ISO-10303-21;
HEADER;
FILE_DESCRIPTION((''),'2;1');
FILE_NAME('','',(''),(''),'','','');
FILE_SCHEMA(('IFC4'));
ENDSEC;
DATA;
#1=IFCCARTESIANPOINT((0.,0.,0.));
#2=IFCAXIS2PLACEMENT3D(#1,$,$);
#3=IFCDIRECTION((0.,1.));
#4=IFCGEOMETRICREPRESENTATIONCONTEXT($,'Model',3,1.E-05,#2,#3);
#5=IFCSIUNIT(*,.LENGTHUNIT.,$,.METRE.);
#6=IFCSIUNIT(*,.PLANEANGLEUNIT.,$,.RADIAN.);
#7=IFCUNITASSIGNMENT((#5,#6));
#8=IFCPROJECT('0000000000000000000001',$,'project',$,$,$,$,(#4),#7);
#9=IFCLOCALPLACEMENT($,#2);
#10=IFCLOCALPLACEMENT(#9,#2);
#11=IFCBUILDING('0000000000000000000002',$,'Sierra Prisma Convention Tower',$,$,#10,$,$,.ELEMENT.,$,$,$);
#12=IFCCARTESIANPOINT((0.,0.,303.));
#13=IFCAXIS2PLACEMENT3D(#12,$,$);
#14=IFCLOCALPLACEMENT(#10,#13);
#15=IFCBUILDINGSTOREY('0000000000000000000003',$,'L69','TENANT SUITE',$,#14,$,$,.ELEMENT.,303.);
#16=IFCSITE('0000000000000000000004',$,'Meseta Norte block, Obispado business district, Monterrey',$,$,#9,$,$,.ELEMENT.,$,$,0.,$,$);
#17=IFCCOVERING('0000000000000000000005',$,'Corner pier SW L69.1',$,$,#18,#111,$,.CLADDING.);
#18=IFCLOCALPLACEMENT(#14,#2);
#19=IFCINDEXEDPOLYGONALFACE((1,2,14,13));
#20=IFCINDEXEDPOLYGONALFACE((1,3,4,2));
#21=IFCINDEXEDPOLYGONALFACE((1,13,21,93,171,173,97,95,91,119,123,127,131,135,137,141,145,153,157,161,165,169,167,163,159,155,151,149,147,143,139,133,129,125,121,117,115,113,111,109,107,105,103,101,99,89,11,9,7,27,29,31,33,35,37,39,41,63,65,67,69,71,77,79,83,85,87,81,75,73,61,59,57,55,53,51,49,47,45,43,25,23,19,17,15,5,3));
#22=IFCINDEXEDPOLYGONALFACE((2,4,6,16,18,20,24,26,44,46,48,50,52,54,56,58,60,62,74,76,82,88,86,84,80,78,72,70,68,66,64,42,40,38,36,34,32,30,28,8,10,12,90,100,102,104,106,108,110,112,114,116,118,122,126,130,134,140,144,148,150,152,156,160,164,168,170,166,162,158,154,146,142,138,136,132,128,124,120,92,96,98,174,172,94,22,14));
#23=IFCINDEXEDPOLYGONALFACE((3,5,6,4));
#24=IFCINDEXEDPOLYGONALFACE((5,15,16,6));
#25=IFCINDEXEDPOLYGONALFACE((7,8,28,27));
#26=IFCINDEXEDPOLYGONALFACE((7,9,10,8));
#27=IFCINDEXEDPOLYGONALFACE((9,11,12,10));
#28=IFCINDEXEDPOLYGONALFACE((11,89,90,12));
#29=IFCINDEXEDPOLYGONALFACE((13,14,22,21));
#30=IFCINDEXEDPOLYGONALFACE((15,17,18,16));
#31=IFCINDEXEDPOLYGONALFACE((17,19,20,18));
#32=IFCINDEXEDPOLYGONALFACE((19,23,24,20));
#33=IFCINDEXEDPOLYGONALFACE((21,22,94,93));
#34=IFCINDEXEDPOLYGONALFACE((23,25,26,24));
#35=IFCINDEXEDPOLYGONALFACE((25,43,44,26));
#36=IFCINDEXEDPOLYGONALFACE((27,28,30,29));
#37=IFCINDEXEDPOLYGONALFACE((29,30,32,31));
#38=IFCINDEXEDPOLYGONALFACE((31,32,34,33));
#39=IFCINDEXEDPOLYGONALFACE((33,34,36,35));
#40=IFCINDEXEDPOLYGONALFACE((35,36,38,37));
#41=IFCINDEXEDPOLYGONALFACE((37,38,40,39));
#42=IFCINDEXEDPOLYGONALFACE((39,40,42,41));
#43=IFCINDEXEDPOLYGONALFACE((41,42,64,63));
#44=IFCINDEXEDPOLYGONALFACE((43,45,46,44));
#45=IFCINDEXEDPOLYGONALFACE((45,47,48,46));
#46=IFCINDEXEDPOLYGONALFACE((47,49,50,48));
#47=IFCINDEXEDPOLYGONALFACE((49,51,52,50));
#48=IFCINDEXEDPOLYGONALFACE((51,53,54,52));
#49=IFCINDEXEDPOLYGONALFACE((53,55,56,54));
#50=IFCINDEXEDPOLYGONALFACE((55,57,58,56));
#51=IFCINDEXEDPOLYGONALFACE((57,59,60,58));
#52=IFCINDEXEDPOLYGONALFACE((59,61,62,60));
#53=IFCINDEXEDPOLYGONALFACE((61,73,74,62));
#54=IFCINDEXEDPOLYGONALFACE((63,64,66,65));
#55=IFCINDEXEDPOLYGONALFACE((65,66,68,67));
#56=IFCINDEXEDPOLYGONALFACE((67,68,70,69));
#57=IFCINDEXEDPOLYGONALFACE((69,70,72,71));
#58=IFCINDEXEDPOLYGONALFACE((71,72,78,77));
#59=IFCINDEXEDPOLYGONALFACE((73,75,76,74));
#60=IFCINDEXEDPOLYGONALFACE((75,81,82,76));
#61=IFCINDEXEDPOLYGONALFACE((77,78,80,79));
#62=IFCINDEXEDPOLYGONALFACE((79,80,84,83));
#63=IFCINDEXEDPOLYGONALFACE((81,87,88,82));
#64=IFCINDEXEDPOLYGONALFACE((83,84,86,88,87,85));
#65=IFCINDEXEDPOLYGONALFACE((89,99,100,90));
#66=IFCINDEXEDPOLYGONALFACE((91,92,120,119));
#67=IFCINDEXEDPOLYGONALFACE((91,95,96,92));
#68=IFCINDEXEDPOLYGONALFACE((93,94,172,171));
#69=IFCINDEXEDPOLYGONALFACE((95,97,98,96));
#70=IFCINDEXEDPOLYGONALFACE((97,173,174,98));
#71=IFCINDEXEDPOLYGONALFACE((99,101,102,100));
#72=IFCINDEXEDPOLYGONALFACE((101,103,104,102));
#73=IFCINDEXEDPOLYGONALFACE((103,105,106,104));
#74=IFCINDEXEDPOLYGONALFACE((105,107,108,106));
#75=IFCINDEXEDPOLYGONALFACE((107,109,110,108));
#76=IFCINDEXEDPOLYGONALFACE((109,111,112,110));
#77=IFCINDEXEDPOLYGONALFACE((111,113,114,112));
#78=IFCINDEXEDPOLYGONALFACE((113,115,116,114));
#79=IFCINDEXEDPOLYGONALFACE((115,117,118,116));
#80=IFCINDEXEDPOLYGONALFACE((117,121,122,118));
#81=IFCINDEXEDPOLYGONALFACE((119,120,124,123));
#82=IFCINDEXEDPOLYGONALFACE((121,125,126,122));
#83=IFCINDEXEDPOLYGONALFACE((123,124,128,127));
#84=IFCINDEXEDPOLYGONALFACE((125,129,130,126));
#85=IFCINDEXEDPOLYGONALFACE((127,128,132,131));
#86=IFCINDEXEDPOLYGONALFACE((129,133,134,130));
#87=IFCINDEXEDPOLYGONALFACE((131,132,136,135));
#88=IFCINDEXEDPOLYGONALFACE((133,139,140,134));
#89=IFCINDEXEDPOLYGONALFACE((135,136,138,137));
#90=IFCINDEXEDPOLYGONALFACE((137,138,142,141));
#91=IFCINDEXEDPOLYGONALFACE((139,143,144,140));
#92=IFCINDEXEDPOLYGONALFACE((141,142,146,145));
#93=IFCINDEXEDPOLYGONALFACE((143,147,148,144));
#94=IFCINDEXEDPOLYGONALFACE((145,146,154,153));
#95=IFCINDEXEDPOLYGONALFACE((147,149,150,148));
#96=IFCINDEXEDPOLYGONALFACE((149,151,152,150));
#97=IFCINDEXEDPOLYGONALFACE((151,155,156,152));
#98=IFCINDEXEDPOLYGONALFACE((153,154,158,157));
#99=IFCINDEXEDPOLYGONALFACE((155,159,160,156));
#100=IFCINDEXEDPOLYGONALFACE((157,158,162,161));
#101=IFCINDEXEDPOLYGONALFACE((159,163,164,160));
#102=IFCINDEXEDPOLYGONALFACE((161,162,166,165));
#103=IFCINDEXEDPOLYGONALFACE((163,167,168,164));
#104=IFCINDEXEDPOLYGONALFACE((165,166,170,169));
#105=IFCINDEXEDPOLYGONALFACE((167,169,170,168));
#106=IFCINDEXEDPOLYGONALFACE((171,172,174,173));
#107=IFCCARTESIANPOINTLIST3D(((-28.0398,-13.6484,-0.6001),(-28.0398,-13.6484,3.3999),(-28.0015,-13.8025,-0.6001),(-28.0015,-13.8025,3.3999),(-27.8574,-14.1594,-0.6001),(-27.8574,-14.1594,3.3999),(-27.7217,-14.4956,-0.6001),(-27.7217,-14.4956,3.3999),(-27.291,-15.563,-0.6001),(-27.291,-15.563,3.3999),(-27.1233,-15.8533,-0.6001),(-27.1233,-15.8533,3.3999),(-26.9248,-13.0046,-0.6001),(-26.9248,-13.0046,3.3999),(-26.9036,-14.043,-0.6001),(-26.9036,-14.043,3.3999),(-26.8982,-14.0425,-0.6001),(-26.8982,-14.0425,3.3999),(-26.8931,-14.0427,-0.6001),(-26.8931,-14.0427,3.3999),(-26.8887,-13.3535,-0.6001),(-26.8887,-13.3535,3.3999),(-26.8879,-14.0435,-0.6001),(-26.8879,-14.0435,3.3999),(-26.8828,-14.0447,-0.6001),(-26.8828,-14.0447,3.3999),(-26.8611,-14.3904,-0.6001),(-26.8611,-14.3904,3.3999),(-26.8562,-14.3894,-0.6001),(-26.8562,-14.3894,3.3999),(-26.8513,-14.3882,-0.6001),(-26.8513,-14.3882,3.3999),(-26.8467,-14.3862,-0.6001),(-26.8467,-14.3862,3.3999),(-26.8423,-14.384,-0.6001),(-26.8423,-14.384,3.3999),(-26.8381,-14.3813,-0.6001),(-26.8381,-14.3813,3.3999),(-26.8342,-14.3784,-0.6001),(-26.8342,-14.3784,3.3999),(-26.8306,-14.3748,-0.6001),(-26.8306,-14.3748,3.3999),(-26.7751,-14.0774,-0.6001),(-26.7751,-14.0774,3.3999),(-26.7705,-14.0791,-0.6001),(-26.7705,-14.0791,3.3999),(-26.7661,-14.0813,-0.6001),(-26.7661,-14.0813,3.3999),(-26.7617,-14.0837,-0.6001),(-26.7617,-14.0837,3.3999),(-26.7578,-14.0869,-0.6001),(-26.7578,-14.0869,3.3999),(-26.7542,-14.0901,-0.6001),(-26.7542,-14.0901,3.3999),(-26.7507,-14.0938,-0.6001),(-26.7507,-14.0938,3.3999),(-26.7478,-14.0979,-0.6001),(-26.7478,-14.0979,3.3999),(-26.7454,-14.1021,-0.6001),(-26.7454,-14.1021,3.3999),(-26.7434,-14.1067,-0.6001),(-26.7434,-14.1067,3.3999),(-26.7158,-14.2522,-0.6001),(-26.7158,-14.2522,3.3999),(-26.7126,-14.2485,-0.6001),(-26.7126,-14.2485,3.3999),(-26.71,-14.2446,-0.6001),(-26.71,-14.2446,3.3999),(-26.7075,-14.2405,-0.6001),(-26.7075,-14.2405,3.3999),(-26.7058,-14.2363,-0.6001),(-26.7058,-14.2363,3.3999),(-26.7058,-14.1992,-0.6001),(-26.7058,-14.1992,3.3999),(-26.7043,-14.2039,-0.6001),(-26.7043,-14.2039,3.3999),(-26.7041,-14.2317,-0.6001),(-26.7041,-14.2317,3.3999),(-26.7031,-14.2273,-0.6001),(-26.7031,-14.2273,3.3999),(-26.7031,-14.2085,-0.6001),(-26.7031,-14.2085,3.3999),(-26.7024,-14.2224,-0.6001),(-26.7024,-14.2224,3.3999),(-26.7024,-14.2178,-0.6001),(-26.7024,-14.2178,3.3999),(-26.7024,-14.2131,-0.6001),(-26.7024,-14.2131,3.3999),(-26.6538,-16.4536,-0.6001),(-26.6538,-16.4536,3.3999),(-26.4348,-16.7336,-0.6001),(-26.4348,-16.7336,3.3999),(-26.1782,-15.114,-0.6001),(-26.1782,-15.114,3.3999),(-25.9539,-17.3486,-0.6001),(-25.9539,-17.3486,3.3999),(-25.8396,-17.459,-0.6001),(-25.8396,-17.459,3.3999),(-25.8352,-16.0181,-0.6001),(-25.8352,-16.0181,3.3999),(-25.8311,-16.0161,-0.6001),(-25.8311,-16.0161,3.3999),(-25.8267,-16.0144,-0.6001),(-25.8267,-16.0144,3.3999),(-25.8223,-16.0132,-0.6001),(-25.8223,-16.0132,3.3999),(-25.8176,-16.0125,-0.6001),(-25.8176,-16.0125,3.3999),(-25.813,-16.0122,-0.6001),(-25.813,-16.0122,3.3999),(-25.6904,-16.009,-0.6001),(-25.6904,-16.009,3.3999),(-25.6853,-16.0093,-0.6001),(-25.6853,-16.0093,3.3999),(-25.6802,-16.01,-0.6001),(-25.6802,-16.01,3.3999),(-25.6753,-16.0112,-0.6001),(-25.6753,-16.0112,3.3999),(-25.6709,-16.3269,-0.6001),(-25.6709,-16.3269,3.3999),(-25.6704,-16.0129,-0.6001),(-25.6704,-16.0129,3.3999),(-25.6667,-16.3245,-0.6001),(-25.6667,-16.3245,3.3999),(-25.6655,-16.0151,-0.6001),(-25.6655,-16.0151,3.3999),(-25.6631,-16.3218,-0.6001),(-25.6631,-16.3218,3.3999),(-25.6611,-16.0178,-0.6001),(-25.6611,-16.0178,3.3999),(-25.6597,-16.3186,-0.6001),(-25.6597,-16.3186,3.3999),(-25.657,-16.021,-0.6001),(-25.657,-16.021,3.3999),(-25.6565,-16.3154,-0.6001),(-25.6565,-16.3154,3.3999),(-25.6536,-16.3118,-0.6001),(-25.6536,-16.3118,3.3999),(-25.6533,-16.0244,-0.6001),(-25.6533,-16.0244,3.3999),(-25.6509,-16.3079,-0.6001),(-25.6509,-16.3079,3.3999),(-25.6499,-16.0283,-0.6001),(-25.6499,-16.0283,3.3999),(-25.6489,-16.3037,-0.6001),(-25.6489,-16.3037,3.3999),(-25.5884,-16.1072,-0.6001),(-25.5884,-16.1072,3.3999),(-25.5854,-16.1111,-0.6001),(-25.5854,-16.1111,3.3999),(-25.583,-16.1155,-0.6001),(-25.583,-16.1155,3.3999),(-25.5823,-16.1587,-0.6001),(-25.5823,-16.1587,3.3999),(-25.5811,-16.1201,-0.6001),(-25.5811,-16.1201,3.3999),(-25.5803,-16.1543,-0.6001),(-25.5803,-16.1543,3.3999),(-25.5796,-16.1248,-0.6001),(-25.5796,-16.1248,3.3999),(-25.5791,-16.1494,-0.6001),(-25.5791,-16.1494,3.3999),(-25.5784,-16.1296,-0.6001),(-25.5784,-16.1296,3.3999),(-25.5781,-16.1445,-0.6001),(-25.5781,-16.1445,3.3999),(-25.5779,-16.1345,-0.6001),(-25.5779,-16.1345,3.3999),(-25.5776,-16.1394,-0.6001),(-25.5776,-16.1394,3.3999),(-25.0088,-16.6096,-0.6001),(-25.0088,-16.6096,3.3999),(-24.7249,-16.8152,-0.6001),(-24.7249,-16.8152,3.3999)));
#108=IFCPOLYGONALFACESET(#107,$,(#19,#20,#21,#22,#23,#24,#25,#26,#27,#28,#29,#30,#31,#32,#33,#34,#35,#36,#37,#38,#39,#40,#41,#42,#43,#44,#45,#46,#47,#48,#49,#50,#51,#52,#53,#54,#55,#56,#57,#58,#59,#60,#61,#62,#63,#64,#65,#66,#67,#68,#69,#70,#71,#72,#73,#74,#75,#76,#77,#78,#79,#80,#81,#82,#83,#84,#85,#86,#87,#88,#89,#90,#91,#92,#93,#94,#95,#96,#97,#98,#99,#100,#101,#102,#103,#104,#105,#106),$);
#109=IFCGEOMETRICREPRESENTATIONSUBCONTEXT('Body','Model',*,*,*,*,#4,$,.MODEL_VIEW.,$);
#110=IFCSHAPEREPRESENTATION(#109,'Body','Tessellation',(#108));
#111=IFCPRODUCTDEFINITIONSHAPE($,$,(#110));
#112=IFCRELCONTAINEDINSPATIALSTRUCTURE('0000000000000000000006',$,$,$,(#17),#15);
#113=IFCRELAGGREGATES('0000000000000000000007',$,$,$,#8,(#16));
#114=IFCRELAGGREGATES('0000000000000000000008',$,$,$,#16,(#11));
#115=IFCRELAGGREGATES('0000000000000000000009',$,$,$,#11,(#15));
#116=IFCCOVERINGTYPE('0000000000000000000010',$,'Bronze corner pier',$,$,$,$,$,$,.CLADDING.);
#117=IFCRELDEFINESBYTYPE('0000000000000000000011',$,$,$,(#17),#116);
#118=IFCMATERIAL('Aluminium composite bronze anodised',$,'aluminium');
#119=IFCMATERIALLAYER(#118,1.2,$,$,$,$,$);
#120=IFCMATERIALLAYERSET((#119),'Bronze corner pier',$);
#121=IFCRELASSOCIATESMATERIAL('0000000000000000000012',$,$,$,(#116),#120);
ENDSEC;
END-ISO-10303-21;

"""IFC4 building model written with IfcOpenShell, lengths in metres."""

from ifc_helpers import new_model, si_unit, direction, frame, origin, place, context, subcontext, project, spatial, polyline, outline, extrude, material, layer, layer_set, type_object, element, save


model = new_model("IFC4")

# Units and contexts
model_context = context("Model", 3, precision=1e-05, world=origin(), true_north=direction((0.0, 1.0)))
body_context = subcontext(model_context, "Body", "Model", "MODEL_VIEW")
ifc_project = project(units=[si_unit("LENGTHUNIT", "METRE"), si_unit("PLANEANGLEUNIT", "RADIAN")], contexts=[model_context])

# Site, building, storey
site_placement = place(None, origin())
site = spatial("IfcSite", under=ifc_project, at=site_placement, Name="Meseta Norte block, Obispado business district, Monterrey", CompositionType="ELEMENT", RefElevation=0.0)
building_placement = place(site_placement, origin())
building = spatial("IfcBuilding", under=site, at=building_placement, Name="Sierra Prisma Convention Tower", CompositionType="ELEMENT")
storey_placement = place(building_placement, frame((0.0, 0.0, 303.0)))
storey = spatial("IfcBuildingStorey", under=building, at=storey_placement, Name="L69", Description="TENANT SUITE", CompositionType="ELEMENT", Elevation=303.0)

# Covering
ifc_material_1 = material(Name="Aluminium composite bronze anodised", Category="aluminium")
ifc_layer_1 = layer(ifc_material_1, 1.2)
ifc_layer_set_1 = layer_set([ifc_layer_1], Name="Bronze corner pier")
covering_type_1 = type_object("IfcCoveringType", Name="Bronze corner pier", PredefinedType="CLADDING", material=ifc_layer_set_1)
covering_1_placement = place(storey_placement, frame((0.0, 0.0, -0.6001)))
element("IfcCovering", 1, at=covering_1_placement, inside=storey, type_object=covering_type_1, Name="Corner pier SW L69.1", PredefinedType="CLADDING", context=body_context, shape_type="SweptSolid", body=[
    extrude(outline(polyline([(-25.6631, -16.3218), (-25.6597, -16.3186), (-25.6565, -16.3154), (-25.6536, -16.3118), (-25.6509, -16.3079), (-25.6489, -16.3037), (-25.5823, -16.1587), (-25.5803, -16.1543), (-25.5791, -16.1494), (-25.5781, -16.1445), (-25.5776, -16.1394), (-25.5779, -16.1345), (-25.5784, -16.1296), (-25.5796, -16.1248), (-25.5811, -16.1201), (-25.583, -16.1155), (-25.5854, -16.1111), (-25.5884, -16.1072), (-25.6499, -16.0283), (-25.6533, -16.0244), (-25.657, -16.021), (-25.6611, -16.0178), (-25.6655, -16.0151), (-25.6704, -16.0129), (-25.6753, -16.0112), (-25.6802, -16.01), (-25.6853, -16.0093), (-25.6904, -16.009), (-25.813, -16.0122), (-25.8176, -16.0125), (-25.8223, -16.0132), (-25.8267, -16.0144), (-25.8311, -16.0161), (-25.8352, -16.0181), (-26.6538, -16.4536), (-27.1233, -15.8533), (-27.291, -15.563), (-27.7217, -14.4956), (-26.8611, -14.3904), (-26.8562, -14.3894), (-26.8513, -14.3882), (-26.8467, -14.3862), (-26.8423, -14.384), (-26.8381, -14.3813), (-26.8342, -14.3784), (-26.8306, -14.3748), (-26.7158, -14.2522), (-26.7126, -14.2485), (-26.71, -14.2446), (-26.7075, -14.2405), (-26.7058, -14.2363), (-26.7041, -14.2317), (-26.7031, -14.2273), (-26.7024, -14.2224), (-26.7024, -14.2178), (-26.7024, -14.2131), (-26.7031, -14.2085), (-26.7043, -14.2039), (-26.7058, -14.1992), (-26.7434, -14.1067), (-26.7454, -14.1021), (-26.7478, -14.0979), (-26.7507, -14.0938), (-26.7542, -14.0901), (-26.7578, -14.0869), (-26.7617, -14.0837), (-26.7661, -14.0813), (-26.7705, -14.0791), (-26.7751, -14.0774), (-26.8828, -14.0447), (-26.8879, -14.0435), (-26.8931, -14.0427), (-26.8982, -14.0425), (-26.9036, -14.043), (-27.8574, -14.1594), (-28.0015, -13.8025), (-28.0398, -13.6484), (-26.9248, -13.0046), (-26.8887, -13.3535), (-26.1782, -15.114), (-25.0088, -16.6096), (-24.7249, -16.8152), (-25.8396, -17.459), (-25.9539, -17.3486), (-26.4348, -16.7336), (-25.6709, -16.3269), (-25.6667, -16.3245), (-25.6631, -16.3218)])), origin(), (0.0, 0.0, 1.0), 4.0),
])

save(model, "model.ifc")
